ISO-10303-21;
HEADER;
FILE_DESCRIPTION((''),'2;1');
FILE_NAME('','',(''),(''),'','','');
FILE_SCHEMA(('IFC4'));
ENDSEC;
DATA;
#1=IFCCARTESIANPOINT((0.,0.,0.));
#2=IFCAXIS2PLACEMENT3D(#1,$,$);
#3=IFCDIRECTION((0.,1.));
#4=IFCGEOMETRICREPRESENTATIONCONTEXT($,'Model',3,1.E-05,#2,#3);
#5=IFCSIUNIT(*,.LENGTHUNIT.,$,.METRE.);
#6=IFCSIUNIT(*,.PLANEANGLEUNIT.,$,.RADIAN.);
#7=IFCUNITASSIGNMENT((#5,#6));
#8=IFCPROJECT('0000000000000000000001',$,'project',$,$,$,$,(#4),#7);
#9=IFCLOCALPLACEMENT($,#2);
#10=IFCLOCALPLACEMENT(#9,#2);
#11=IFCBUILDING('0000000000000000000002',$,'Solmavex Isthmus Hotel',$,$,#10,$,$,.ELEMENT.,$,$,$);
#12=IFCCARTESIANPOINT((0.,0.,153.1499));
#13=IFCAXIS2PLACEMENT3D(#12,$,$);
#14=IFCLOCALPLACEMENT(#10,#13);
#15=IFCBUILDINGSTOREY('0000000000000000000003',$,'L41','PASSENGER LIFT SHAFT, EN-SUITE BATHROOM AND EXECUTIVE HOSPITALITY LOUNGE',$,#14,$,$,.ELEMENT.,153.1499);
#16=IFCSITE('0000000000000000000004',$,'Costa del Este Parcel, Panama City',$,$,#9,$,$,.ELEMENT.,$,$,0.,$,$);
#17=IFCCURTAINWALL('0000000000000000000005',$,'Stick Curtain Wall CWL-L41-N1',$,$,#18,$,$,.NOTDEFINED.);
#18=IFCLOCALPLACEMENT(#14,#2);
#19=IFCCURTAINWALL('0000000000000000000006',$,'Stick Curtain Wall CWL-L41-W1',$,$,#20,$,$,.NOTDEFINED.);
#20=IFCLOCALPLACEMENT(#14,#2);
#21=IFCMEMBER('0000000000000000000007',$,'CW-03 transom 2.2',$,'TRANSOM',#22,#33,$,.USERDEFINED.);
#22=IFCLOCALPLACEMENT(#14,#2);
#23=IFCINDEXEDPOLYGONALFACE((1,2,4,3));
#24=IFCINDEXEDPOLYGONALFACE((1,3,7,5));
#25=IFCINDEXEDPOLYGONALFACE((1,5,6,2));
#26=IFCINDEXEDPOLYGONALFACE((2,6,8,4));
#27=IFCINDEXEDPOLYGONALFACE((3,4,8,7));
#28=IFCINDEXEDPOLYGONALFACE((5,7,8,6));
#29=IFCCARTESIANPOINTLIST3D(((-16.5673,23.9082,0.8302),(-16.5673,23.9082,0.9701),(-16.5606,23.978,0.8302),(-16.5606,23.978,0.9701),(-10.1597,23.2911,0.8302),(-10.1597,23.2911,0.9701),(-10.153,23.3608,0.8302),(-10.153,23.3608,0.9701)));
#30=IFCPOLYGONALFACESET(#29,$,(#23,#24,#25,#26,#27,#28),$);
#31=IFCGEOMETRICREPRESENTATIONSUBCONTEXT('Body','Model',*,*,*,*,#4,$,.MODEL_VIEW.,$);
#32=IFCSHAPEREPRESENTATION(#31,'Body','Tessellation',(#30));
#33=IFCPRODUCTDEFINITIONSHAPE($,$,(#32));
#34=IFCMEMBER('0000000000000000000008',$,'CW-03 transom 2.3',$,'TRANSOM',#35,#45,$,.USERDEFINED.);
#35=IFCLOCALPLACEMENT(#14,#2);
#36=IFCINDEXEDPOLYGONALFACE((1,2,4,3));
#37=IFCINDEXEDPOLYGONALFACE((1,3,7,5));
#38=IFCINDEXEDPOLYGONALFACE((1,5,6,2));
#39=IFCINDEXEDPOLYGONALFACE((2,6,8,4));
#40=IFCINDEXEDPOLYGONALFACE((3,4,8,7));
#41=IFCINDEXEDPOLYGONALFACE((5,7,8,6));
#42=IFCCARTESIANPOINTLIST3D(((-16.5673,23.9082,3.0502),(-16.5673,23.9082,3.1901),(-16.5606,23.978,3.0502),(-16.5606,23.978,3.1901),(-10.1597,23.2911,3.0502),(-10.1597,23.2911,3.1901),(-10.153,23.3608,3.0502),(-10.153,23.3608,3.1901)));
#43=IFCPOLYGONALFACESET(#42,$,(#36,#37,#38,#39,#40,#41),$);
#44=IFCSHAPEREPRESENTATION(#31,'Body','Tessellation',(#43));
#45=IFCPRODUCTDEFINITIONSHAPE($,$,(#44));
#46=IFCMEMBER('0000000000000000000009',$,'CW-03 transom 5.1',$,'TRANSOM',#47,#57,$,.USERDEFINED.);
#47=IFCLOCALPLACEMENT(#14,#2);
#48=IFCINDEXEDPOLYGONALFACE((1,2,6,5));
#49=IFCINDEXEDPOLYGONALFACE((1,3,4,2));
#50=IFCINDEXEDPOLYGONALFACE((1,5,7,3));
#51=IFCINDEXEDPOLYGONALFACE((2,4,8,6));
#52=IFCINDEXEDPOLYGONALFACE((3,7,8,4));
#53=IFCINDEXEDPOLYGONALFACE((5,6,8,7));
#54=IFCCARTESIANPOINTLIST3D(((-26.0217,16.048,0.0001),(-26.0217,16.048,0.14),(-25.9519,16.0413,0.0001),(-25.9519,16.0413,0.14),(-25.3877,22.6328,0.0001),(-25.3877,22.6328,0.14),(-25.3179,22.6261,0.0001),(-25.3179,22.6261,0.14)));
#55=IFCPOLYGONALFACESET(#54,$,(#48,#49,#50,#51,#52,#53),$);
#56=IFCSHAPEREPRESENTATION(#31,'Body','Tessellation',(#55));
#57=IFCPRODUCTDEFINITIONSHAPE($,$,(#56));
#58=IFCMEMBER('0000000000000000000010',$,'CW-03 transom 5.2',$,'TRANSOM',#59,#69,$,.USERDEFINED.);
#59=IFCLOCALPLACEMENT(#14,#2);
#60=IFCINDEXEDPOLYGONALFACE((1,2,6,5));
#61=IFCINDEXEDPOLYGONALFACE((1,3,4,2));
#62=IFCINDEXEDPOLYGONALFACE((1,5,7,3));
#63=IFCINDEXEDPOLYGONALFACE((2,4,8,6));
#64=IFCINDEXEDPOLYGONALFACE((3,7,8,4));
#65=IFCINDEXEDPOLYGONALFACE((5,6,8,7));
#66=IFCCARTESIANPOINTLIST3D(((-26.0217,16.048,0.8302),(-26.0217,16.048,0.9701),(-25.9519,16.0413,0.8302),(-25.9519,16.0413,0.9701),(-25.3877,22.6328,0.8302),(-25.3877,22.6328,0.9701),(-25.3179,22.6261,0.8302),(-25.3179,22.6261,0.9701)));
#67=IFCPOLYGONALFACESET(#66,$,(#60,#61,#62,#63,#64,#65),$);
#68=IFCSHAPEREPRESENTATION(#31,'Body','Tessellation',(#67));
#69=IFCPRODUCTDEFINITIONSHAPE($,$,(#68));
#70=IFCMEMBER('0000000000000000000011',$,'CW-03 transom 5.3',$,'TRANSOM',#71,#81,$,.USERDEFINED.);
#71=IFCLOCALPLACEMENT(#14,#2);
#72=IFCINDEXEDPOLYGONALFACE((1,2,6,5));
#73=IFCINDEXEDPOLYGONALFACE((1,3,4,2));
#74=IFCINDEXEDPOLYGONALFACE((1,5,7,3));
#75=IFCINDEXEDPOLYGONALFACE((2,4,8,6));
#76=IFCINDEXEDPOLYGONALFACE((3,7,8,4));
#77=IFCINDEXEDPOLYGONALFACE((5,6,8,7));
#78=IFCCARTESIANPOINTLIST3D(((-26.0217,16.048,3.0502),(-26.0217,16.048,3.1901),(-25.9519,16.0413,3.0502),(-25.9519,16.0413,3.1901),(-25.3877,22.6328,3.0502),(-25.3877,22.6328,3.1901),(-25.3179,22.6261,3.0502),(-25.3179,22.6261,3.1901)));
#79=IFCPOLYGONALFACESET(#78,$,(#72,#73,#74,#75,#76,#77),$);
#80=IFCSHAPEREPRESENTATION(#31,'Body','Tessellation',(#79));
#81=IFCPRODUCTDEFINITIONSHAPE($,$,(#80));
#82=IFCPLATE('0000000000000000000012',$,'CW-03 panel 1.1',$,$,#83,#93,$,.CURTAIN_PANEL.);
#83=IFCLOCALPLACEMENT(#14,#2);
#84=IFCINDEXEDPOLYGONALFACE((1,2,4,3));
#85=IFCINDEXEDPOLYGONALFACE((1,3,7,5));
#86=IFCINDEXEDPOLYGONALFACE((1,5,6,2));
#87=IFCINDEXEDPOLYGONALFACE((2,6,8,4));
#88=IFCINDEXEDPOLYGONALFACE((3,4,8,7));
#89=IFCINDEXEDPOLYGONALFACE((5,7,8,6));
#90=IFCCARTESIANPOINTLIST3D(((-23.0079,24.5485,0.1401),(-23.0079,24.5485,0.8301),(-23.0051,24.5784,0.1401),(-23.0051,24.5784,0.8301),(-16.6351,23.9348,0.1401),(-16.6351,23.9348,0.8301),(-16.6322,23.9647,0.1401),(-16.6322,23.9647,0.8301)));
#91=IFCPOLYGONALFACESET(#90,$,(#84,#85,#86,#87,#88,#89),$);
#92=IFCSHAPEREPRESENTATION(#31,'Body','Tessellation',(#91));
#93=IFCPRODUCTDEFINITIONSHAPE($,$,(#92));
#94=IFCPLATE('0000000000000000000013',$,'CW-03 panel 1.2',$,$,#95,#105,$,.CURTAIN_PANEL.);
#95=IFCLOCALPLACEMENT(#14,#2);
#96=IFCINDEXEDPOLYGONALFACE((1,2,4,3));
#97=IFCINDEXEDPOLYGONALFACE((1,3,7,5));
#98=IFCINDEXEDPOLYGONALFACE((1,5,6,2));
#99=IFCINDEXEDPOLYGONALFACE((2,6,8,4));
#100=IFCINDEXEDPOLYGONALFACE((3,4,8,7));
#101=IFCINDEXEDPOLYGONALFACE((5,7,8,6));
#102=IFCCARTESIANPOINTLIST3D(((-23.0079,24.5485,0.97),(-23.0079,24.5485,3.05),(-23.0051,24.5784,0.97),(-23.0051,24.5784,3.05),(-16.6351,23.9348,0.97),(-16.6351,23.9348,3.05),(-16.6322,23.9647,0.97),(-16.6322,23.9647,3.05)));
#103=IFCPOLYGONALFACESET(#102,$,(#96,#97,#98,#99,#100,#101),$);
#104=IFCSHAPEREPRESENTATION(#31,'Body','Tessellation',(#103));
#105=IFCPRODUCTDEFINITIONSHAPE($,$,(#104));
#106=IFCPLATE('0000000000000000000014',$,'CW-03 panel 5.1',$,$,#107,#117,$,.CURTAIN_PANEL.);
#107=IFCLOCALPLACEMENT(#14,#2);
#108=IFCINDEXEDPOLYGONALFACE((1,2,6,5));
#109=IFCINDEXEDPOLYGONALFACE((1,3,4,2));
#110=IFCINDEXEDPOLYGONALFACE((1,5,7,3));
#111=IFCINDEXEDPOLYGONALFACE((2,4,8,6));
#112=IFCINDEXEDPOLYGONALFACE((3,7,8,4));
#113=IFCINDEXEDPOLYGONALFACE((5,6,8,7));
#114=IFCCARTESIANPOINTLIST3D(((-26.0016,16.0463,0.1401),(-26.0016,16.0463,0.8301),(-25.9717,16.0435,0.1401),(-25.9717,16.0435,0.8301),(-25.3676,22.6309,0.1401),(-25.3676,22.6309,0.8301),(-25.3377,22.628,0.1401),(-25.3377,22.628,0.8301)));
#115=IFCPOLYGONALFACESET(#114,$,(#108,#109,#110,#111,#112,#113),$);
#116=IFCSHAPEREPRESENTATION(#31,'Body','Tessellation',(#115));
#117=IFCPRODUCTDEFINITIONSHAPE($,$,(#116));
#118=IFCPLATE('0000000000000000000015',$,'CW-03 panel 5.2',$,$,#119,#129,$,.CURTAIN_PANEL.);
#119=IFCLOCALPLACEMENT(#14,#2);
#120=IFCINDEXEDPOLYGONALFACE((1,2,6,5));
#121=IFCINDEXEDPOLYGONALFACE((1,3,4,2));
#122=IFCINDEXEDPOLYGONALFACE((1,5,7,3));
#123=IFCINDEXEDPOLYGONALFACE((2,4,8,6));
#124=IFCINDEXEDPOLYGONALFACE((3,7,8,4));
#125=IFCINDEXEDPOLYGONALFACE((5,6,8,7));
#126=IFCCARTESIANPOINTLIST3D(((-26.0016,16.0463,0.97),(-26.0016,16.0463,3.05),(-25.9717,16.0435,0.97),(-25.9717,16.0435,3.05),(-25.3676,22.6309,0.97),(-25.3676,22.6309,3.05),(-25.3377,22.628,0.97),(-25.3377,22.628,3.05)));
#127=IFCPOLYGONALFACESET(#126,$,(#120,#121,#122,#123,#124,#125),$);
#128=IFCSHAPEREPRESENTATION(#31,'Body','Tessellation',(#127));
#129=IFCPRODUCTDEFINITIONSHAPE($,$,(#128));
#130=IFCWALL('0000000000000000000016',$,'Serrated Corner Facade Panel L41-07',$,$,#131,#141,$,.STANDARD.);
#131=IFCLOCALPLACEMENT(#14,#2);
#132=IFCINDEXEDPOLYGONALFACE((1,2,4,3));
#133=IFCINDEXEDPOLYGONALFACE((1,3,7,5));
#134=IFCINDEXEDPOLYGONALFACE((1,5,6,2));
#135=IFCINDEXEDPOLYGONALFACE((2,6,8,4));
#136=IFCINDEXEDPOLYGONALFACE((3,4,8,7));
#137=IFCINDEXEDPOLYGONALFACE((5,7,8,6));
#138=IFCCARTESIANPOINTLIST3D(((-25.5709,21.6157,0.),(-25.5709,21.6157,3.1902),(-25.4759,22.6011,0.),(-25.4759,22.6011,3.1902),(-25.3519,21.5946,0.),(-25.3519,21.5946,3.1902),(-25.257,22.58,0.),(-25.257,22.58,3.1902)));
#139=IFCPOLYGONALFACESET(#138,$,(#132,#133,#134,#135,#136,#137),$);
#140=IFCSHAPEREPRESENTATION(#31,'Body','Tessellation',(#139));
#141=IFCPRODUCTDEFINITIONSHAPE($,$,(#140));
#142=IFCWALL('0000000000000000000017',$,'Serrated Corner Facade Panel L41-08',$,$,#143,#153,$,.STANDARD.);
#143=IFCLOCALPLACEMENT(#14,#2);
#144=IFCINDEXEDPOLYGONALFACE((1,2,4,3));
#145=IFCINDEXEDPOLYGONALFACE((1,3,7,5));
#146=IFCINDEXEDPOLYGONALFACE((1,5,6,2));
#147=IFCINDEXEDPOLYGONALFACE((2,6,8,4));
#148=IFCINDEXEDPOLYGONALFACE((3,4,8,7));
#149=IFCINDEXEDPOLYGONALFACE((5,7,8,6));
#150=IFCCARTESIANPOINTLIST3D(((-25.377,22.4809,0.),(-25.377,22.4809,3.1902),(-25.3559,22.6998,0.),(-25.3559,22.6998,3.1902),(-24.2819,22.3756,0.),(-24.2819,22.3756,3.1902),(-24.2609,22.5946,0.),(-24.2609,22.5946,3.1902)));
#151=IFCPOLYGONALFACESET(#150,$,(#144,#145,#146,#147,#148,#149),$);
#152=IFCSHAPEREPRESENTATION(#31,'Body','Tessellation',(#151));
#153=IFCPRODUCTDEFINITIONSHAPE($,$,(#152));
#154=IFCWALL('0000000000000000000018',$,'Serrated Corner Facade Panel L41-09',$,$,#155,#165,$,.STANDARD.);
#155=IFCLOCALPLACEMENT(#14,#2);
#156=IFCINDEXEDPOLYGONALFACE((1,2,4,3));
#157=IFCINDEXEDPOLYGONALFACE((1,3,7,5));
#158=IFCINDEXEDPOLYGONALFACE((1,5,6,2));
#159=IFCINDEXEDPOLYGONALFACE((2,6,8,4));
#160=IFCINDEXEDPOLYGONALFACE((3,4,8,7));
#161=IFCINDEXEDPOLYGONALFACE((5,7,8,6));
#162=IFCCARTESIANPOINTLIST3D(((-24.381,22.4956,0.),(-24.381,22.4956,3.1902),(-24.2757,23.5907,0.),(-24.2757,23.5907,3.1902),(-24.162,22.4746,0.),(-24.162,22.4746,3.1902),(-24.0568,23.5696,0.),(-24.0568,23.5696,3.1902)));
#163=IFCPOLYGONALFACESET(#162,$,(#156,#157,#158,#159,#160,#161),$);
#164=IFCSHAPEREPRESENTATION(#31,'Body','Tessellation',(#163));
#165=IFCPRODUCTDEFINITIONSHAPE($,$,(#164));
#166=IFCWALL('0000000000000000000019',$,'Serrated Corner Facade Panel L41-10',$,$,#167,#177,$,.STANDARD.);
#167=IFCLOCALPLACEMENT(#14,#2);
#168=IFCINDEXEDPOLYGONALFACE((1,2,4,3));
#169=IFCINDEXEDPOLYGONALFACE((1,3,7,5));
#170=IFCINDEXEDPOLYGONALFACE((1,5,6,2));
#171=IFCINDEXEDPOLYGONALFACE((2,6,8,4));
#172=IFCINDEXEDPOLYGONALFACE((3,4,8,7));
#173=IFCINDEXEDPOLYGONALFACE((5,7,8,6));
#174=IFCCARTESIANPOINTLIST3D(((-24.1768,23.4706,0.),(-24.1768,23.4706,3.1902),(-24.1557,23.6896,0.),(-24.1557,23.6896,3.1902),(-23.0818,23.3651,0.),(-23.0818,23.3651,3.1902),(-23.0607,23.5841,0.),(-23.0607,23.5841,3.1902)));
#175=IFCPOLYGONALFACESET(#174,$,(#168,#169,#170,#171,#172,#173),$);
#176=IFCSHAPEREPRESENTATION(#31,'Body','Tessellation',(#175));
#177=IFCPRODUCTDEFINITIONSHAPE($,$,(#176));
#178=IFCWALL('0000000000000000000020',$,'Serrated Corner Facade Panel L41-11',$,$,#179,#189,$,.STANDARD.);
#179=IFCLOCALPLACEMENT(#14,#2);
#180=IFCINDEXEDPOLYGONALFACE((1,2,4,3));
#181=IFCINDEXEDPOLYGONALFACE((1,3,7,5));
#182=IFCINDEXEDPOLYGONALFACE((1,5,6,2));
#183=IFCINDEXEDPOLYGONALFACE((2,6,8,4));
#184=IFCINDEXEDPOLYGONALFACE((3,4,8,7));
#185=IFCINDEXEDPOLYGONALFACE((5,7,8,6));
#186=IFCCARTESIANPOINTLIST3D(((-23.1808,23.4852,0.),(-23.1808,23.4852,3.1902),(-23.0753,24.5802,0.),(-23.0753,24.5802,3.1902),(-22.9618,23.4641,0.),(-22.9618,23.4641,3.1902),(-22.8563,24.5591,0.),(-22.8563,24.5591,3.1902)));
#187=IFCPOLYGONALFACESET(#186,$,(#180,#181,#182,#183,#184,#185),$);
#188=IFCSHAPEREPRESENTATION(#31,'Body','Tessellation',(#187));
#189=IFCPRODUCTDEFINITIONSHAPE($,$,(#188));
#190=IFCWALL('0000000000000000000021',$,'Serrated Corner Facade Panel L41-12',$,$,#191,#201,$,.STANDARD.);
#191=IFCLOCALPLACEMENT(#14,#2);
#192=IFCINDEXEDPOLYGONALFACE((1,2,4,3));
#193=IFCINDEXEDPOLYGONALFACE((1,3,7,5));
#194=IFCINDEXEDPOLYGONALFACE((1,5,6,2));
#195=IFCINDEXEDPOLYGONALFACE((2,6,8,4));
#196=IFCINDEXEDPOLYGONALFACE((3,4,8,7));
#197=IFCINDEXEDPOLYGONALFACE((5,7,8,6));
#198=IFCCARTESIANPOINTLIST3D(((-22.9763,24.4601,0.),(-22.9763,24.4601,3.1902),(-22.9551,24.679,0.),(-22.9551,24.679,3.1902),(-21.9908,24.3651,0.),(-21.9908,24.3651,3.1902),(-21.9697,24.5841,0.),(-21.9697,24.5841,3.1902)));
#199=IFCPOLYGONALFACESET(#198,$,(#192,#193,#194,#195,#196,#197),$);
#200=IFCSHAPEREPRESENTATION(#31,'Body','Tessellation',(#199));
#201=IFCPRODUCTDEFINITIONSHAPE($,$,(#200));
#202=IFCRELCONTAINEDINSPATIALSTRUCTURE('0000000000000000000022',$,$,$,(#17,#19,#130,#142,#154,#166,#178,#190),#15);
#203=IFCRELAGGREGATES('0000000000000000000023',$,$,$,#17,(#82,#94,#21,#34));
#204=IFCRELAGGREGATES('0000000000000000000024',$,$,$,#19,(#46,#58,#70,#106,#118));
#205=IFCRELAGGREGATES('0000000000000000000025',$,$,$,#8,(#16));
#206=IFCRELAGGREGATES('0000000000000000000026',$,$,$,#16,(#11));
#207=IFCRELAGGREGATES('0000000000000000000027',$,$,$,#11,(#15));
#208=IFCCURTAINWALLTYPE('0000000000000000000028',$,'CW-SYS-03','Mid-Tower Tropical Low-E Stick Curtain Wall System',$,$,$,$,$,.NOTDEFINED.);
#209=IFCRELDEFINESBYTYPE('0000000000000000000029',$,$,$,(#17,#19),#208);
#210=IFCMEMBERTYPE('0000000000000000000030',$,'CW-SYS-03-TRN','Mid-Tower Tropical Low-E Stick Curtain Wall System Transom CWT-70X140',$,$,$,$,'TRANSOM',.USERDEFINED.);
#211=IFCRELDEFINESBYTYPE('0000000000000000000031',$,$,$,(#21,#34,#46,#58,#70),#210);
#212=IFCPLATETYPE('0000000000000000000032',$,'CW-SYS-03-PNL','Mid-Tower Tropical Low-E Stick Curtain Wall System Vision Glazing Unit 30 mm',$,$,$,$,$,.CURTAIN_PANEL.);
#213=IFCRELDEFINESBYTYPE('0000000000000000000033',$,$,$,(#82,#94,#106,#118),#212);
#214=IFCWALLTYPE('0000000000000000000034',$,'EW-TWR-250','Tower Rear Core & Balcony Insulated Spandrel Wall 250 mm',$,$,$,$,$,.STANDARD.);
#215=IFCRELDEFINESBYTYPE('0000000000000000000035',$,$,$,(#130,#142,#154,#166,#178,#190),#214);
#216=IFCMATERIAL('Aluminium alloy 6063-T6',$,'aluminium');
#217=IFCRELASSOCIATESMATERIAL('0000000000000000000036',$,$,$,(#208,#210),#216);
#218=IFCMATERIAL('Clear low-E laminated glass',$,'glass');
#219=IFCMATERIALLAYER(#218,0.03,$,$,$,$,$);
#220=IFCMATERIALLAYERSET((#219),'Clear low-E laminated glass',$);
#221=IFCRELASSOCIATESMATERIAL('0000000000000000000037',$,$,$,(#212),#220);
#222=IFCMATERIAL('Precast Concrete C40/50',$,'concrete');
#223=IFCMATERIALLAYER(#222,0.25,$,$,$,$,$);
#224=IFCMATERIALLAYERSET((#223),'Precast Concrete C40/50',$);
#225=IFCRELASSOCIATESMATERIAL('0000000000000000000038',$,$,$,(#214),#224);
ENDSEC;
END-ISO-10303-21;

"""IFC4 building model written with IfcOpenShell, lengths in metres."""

from ifc_helpers import new_model, si_unit, direction, frame, frame_2d, origin, origin_2d, place, context, subcontext, project, spatial, rectangle, extrude, material, layer, layer_set, material_profile, profile_set, type_object, element, aggregate, save


model = new_model("IFC4")

# Units and contexts
model_context = context("Model", 3, precision=1e-05, world=origin(), true_north=direction((0.0, 1.0)))
body_context = subcontext(model_context, "Body", "Model", "MODEL_VIEW")
ifc_project = project(units=[si_unit("LENGTHUNIT", "METRE"), si_unit("PLANEANGLEUNIT", "RADIAN")], contexts=[model_context])

# Site, building, storey
site_placement = place(None, origin())
site = spatial("IfcSite", under=ifc_project, at=site_placement, Name="Costa del Este Parcel, Panama City", CompositionType="ELEMENT", RefElevation=0.0)
building_placement = place(site_placement, origin())
building = spatial("IfcBuilding", under=site, at=building_placement, Name="Solmavex Isthmus Hotel", CompositionType="ELEMENT")
storey_placement = place(building_placement, frame((0.0, 0.0, 153.1499)))
storey = spatial("IfcBuildingStorey", under=building, at=storey_placement, Name="L41", Description="PASSENGER LIFT SHAFT, EN-SUITE BATHROOM AND EXECUTIVE HOSPITALITY LOUNGE", CompositionType="ELEMENT", Elevation=153.1499)

# Curtain wall
ifc_material_1 = material(Name="Aluminium alloy 6063-T6", Category="aluminium")
curtain_wall_type = type_object("IfcCurtainWallType", Name="CW-SYS-03", Description="Mid-Tower Tropical Low-E Stick Curtain Wall System", PredefinedType="NOTDEFINED", material=ifc_material_1)
curtain_wall_1_placement = place(storey_placement, origin())
curtain_wall_1 = element("IfcCurtainWall", 1, at=curtain_wall_1_placement, inside=storey, type_object=curtain_wall_type, Name="Stick Curtain Wall CWL-L41-N1", PredefinedType="NOTDEFINED")

# Curtain wall
curtain_wall_2_placement = place(storey_placement, origin())
curtain_wall_2 = element("IfcCurtainWall", 2, at=curtain_wall_2_placement, inside=storey, type_object=curtain_wall_type, Name="Stick Curtain Wall CWL-L41-W1", PredefinedType="NOTDEFINED")

# Members
ifc_material_profile_1 = material_profile(ifc_material_1, rectangle(XDim=0.0701, YDim=0.1399, at=origin_2d()), Name="CWT-70X140")
ifc_profile_set_1 = profile_set([ifc_material_profile_1], Name="Aluminium alloy 6063-T6")
member_type_1 = type_object("IfcMemberType", Name="CW-SYS-03-TRN", Description="Mid-Tower Tropical Low-E Stick Curtain Wall System Transom CWT-70X140", ElementType="TRANSOM", PredefinedType="USERDEFINED", material=ifc_profile_set_1)
member_1_placement = place(storey_placement, frame((-16.564, 23.9431, 0.9001), z_axis=(0.995393, -0.095876, 0.0), x_axis=(0.095876, 0.995393, 0.0)))
member_1 = element("IfcMember", 3, at=member_1_placement, type_object=member_type_1, Name="CW-03 transom 2.2", ObjectType="TRANSOM", PredefinedType="USERDEFINED", context=body_context, shape_type="SweptSolid", body=[
    extrude(rectangle(XDim=0.0701, YDim=0.1399, at=origin_2d()), origin(), (0.0, 0.0, 1.0), 6.4373),
])
member_2_placement = place(storey_placement, frame((-16.564, 23.9431, 3.1201), z_axis=(0.995393, -0.095876, 0.0), x_axis=(0.095876, 0.995393, 0.0)))
member_2 = element("IfcMember", 4, at=member_2_placement, type_object=member_type_1, Name="CW-03 transom 2.3", ObjectType="TRANSOM", PredefinedType="USERDEFINED", context=body_context, shape_type="SweptSolid", body=[
    extrude(rectangle(XDim=0.0701, YDim=0.1399, at=origin_2d()), origin(), (0.0, 0.0, 1.0), 6.4373),
])
member_3_placement = place(storey_placement, frame((-25.9868, 16.0447, 0.0701), z_axis=(0.095845, 0.995396, 0.0), x_axis=(-0.995396, 0.095845, 0.0)))
member_3 = element("IfcMember", 5, at=member_3_placement, type_object=member_type_1, Name="CW-03 transom 5.1", ObjectType="TRANSOM", PredefinedType="USERDEFINED", context=body_context, shape_type="SweptSolid", body=[
    extrude(rectangle(XDim=0.0701, YDim=0.1399, at=origin_2d()), origin(), (0.0, 0.0, 1.0), 6.6152),
])
member_4_placement = place(storey_placement, frame((-25.9868, 16.0447, 0.9001), z_axis=(0.095845, 0.995396, 0.0), x_axis=(-0.995396, 0.095845, 0.0)))
member_4 = element("IfcMember", 6, at=member_4_placement, type_object=member_type_1, Name="CW-03 transom 5.2", ObjectType="TRANSOM", PredefinedType="USERDEFINED", context=body_context, shape_type="SweptSolid", body=[
    extrude(rectangle(XDim=0.0701, YDim=0.1399, at=origin_2d()), origin(), (0.0, 0.0, 1.0), 6.6152),
])
member_5_placement = place(storey_placement, frame((-25.9868, 16.0447, 3.1201), z_axis=(0.095845, 0.995396, 0.0), x_axis=(-0.995396, 0.095845, 0.0)))
member_5 = element("IfcMember", 7, at=member_5_placement, type_object=member_type_1, Name="CW-03 transom 5.3", ObjectType="TRANSOM", PredefinedType="USERDEFINED", context=body_context, shape_type="SweptSolid", body=[
    extrude(rectangle(XDim=0.0701, YDim=0.1399, at=origin_2d()), origin(), (0.0, 0.0, 1.0), 6.6152),
])

# Plates
ifc_material_2 = material(Name="Clear low-E laminated glass", Category="glass")
ifc_layer_1 = layer(ifc_material_2, 0.03)
ifc_layer_set_1 = layer_set([ifc_layer_1], Name="Clear low-E laminated glass")
plate_type = type_object("IfcPlateType", Name="CW-SYS-03-PNL", Description="Mid-Tower Tropical Low-E Stick Curtain Wall System Vision Glazing Unit 30 mm", PredefinedType="CURTAIN_PANEL", material=ifc_layer_set_1)
plate_1_placement = place(storey_placement, frame((-19.8201, 24.2566, 0.1401), z_axis=(0.0, 0.0, 1.0), x_axis=(0.995396, -0.095846, 0.0)))
plate_1 = element("IfcPlate", 8, at=plate_1_placement, type_object=plate_type, Name="CW-03 panel 1.1", PredefinedType="CURTAIN_PANEL", context=body_context, shape_type="SweptSolid", body=[
    extrude(rectangle(XDim=6.4023, YDim=0.03, at=origin_2d()), origin(), (0.0, 0.0, 1.0), 0.6899),
])
plate_2_placement = place(storey_placement, frame((-19.8201, 24.2566, 0.97), z_axis=(0.0, 0.0, 1.0), x_axis=(0.995396, -0.095846, 0.0)))
plate_2 = element("IfcPlate", 9, at=plate_2_placement, type_object=plate_type, Name="CW-03 panel 1.2", PredefinedType="CURTAIN_PANEL", context=body_context, shape_type="SweptSolid", body=[
    extrude(rectangle(XDim=6.4023, YDim=0.03, at=origin_2d()), origin(), (0.0, 0.0, 1.0), 2.0801),
])
aggregate(curtain_wall_1, [plate_1, plate_2, member_1, member_2])
plate_3_placement = place(storey_placement, frame((-25.6697, 19.3372, 0.1401), z_axis=(0.0, 0.0, 1.0), x_axis=(0.095846, 0.995396, 0.0)))
plate_3 = element("IfcPlate", 10, at=plate_3_placement, type_object=plate_type, Name="CW-03 panel 5.1", PredefinedType="CURTAIN_PANEL", context=body_context, shape_type="SweptSolid", body=[
    extrude(rectangle(XDim=6.615, YDim=0.03, at=origin_2d()), origin(), (0.0, 0.0, 1.0), 0.6899),
])
plate_4_placement = place(storey_placement, frame((-25.6697, 19.3372, 0.97), z_axis=(0.0, 0.0, 1.0), x_axis=(0.095846, 0.995396, 0.0)))
plate_4 = element("IfcPlate", 11, at=plate_4_placement, type_object=plate_type, Name="CW-03 panel 5.2", PredefinedType="CURTAIN_PANEL", context=body_context, shape_type="SweptSolid", body=[
    extrude(rectangle(XDim=6.615, YDim=0.03, at=origin_2d()), origin(), (0.0, 0.0, 1.0), 2.0801),
])
aggregate(curtain_wall_2, [member_3, member_4, member_5, plate_3, plate_4])

# Walls
ifc_material_3 = material(Name="Precast Concrete C40/50", Category="concrete")
ifc_layer_2 = layer(ifc_material_3, 0.25)
ifc_layer_set_2 = layer_set([ifc_layer_2], Name="Precast Concrete C40/50")
wall_type = type_object("IfcWallType", Name="EW-TWR-250", Description="Tower Rear Core & Balcony Insulated Spandrel Wall 250 mm", PredefinedType="STANDARD", material=ifc_layer_set_2)
wall_1_placement = place(storey_placement, frame((-25.4614, 21.605, 0.0), z_axis=(0.0, 0.0, 1.0), x_axis=(0.095938, 0.995387, 0.0)))
element("IfcWall", 12, at=wall_1_placement, inside=storey, type_object=wall_type, Name="Serrated Corner Facade Panel L41-07", PredefinedType="STANDARD", context=body_context, shape_type="SweptSolid", body=[
    extrude(rectangle(XDim=0.99, YDim=0.22, at=frame_2d((0.4951, 0.0))), origin(), (0.0, 0.0, 1.0), 3.1902),
])
for number, where, z_axis, x_axis, name in (
    (13, (-25.3665, 22.5903, 0.0), (0.0, 0.0, 1.0), (0.995414, -0.095657, 0.0), "Serrated Corner Facade Panel L41-08"),
    (14, (-24.2715, 22.4851, 0.0), (0.0, 0.0, 1.0), (0.095657, 0.995414, 0.0), "Serrated Corner Facade Panel L41-09"),
    (15, (-24.1663, 23.5801, 0.0), (0.0, 0.0, 1.0), (0.995393, -0.095877, 0.0), "Serrated Corner Facade Panel L41-10"),
    (16, (-23.0713, 23.4746, 0.0), (0.0, 0.0, 1.0), (0.095877, 0.995393, 0.0), "Serrated Corner Facade Panel L41-11"),
):
    element("IfcWall", number, at=place(storey_placement, frame(where, z_axis=z_axis, x_axis=x_axis)), inside=storey, type_object=wall_type, Name=name, PredefinedType="STANDARD", context=body_context, shape_type="SweptSolid", body=[
        extrude(rectangle(XDim=1.1001, YDim=0.22, at=frame_2d((0.55, 0.0))), origin(), (0.0, 0.0, 1.0), 3.1902),
    ])
wall_2_placement = place(storey_placement, frame((-22.9658, 24.5696, 0.0), z_axis=(0.0, 0.0, 1.0), x_axis=(0.995387, -0.095938, 0.0)))
element("IfcWall", 17, at=wall_2_placement, inside=storey, type_object=wall_type, Name="Serrated Corner Facade Panel L41-12", PredefinedType="STANDARD", context=body_context, shape_type="SweptSolid", body=[
    extrude(rectangle(XDim=0.99, YDim=0.22, at=frame_2d((0.4951, 0.0))), origin(), (0.0, 0.0, 1.0), 3.1902),
])

save(model, "model.ifc")
